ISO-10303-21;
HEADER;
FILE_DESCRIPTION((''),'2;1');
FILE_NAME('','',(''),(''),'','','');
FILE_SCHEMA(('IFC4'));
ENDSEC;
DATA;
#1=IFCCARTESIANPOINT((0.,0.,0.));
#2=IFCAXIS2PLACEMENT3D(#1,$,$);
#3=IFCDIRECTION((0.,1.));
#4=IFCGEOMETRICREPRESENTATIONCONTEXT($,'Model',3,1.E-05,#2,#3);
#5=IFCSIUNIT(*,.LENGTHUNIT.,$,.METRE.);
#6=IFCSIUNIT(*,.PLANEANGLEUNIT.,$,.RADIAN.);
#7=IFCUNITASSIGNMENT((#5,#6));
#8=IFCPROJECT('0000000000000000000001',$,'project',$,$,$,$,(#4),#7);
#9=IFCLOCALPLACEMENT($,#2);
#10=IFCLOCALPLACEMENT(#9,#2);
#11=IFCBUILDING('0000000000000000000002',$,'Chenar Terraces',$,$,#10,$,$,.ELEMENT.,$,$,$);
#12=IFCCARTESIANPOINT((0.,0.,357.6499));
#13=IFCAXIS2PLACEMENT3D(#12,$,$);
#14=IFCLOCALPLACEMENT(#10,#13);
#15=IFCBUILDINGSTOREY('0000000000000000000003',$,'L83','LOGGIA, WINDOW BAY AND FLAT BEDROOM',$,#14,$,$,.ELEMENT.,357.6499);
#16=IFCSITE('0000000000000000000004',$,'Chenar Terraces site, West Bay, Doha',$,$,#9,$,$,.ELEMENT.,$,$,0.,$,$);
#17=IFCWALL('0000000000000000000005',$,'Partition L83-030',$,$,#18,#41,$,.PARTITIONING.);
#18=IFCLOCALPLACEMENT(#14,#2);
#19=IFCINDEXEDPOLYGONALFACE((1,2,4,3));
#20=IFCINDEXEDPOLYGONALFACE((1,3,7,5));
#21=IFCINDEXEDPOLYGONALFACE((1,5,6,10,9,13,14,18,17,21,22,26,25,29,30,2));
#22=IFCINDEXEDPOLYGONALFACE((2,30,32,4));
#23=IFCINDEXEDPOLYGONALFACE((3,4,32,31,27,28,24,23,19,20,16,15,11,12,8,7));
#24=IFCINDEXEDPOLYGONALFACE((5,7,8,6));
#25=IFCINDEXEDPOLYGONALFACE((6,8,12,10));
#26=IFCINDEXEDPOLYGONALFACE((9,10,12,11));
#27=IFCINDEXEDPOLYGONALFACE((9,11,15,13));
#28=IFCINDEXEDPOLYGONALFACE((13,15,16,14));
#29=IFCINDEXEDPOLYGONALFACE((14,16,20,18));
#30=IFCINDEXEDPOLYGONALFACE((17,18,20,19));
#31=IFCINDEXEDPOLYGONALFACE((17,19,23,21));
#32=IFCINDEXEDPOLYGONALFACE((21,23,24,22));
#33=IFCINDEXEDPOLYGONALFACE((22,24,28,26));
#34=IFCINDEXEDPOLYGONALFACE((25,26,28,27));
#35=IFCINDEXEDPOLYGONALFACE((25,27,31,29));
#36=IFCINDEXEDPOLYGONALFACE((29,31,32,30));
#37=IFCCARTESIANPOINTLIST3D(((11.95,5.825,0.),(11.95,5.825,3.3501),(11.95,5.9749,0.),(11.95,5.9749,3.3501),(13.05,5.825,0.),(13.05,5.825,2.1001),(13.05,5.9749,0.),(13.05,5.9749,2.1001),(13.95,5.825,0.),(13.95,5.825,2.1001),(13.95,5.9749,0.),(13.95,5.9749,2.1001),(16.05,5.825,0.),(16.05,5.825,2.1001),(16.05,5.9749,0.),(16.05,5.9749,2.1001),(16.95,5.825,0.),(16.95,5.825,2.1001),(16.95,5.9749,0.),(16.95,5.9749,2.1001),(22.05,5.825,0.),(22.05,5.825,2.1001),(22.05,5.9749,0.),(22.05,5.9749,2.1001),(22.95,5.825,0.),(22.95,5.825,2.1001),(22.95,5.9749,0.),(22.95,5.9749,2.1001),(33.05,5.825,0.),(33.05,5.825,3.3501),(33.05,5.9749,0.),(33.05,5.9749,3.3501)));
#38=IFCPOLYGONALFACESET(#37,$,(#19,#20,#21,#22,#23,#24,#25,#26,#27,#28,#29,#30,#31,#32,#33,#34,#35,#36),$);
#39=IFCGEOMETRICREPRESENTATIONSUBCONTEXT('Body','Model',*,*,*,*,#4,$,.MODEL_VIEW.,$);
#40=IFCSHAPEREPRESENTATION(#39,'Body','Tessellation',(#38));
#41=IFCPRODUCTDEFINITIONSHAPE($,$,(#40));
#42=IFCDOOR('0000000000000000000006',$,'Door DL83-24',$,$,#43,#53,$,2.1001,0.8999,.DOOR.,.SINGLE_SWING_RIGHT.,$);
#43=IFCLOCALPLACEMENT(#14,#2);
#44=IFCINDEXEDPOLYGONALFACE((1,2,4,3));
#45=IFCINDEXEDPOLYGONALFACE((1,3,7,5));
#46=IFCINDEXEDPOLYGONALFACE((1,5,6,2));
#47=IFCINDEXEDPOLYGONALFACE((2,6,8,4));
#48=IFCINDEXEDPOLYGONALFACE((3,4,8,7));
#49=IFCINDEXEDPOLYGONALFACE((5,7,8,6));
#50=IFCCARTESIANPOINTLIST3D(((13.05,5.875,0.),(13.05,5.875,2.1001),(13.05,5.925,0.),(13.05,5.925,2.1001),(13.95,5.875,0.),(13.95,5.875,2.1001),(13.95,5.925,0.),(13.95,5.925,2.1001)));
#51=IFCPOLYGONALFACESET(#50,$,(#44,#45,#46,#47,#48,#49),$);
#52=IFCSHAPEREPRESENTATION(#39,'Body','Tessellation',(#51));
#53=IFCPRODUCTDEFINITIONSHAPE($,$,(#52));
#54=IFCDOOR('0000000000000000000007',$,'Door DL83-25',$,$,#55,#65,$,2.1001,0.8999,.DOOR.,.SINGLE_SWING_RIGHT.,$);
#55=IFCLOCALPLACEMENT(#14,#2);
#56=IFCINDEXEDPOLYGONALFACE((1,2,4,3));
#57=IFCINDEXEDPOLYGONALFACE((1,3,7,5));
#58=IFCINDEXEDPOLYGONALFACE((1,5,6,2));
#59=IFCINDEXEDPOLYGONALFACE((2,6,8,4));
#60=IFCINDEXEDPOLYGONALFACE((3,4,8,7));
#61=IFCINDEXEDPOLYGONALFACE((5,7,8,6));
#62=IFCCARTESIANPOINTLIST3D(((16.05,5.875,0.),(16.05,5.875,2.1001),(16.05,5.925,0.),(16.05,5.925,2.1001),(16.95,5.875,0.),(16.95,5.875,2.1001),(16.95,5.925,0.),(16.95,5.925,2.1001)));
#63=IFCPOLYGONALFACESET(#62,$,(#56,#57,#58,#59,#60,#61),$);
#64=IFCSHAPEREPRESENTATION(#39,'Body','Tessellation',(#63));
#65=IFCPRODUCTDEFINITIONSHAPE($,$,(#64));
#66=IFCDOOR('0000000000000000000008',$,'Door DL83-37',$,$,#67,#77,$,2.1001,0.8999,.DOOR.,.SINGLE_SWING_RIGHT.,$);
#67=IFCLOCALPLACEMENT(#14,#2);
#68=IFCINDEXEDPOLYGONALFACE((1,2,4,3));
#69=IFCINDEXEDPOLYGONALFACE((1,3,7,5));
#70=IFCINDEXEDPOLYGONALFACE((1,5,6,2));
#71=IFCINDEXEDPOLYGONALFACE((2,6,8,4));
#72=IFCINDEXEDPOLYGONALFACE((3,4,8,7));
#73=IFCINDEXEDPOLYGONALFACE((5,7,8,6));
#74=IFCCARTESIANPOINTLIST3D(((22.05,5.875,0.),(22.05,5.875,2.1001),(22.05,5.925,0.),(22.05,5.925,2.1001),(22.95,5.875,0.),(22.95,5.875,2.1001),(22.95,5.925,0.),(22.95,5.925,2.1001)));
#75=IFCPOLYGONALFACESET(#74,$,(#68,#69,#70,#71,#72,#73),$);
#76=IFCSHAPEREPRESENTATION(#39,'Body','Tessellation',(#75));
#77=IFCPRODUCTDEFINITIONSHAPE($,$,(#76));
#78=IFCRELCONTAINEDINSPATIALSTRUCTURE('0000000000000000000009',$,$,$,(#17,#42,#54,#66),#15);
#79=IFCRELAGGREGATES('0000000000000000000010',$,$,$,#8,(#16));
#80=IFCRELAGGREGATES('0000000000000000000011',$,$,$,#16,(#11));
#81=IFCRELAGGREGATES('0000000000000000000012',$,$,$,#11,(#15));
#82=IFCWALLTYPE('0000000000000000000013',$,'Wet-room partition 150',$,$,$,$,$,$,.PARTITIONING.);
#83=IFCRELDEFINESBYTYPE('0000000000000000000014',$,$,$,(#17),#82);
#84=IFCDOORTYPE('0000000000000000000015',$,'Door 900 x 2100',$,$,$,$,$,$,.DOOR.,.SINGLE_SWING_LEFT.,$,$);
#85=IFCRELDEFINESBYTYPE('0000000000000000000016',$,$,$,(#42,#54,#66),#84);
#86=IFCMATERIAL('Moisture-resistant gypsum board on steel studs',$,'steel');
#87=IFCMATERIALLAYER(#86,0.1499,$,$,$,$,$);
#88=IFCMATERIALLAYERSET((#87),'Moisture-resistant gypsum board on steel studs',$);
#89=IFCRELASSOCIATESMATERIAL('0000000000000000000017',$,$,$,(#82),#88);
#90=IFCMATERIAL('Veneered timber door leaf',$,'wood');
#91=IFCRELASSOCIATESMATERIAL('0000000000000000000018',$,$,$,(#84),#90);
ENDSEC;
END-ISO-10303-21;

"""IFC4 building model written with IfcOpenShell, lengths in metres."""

from ifc_helpers import new_model, si_unit, direction, frame, frame_2d, origin, place, context, subcontext, project, spatial, rectangle, extrude, material, layer, layer_set, type_object, element, fill, save


model = new_model("IFC4")

# Units and contexts
model_context = context("Model", 3, precision=1e-05, world=origin(), true_north=direction((0.0, 1.0)))
body_context = subcontext(model_context, "Body", "Model", "MODEL_VIEW")
ifc_project = project(units=[si_unit("LENGTHUNIT", "METRE"), si_unit("PLANEANGLEUNIT", "RADIAN")], contexts=[model_context])

# Site, building, storey
site_placement = place(None, origin())
site = spatial("IfcSite", under=ifc_project, at=site_placement, Name="Chenar Terraces site, West Bay, Doha", CompositionType="ELEMENT", RefElevation=0.0)
building_placement = place(site_placement, origin())
building = spatial("IfcBuilding", under=site, at=building_placement, Name="Chenar Terraces", CompositionType="ELEMENT")
storey_placement = place(building_placement, frame((0.0, 0.0, 357.6499)))
storey = spatial("IfcBuildingStorey", under=building, at=storey_placement, Name="L83", Description="LOGGIA, WINDOW BAY AND FLAT BEDROOM", CompositionType="ELEMENT", Elevation=357.6499)

# Wall, openings, doors
ifc_material_1 = material(Name="Moisture-resistant gypsum board on steel studs", Category="steel")
ifc_layer_1 = layer(ifc_material_1, 0.1499)
ifc_layer_set_1 = layer_set([ifc_layer_1], Name="Moisture-resistant gypsum board on steel studs")
wall_type_1 = type_object("IfcWallType", Name="Wet-room partition 150", PredefinedType="PARTITIONING", material=ifc_layer_set_1)
wall_1_placement = place(storey_placement, frame((11.95, 5.8999, 0.0), z_axis=(0.0, 0.0, 1.0), x_axis=(1.0, 0.0, 0.0)))
wall_1 = element("IfcWall", 1, at=wall_1_placement, inside=storey, type_object=wall_type_1, Name="Partition L83-030", PredefinedType="PARTITIONING", context=body_context, shape_type="SweptSolid", body=[
    extrude(rectangle(XDim=21.1001, YDim=0.1499, at=frame_2d((10.55, 0.0))), origin(), (0.0, 0.0, 1.0), 3.3501),
])
opening_1_placement = place(wall_1_placement, frame((1.1001, 0.0, 0.0)))
opening_1 = element("IfcOpeningElement", 2, at=opening_1_placement, cuts=wall_1, PredefinedType="OPENING", context=body_context, shape_type="SweptSolid", body=[
    extrude(rectangle(XDim=0.8999, YDim=2.1001, at=frame_2d((0.45, 1.05))), frame((0.0, 0.085, 0.0), z_axis=(0.0, -1.0, 0.0), x_axis=(1.0, 0.0, 0.0)), (0.0, 0.0, 1.0), 0.1699),
])
opening_2_placement = place(wall_1_placement, frame((4.1001, 0.0, 0.0)))
opening_2 = element("IfcOpeningElement", 3, at=opening_2_placement, cuts=wall_1, PredefinedType="OPENING", context=body_context, shape_type="SweptSolid", body=[
    extrude(rectangle(XDim=0.8999, YDim=2.1001, at=frame_2d((0.45, 1.05))), frame((0.0, 0.085, 0.0), z_axis=(0.0, -1.0, 0.0), x_axis=(1.0, 0.0, 0.0)), (0.0, 0.0, 1.0), 0.1699),
])
opening_3_placement = place(wall_1_placement, frame((10.1001, 0.0, 0.0)))
opening_3 = element("IfcOpeningElement", 4, at=opening_3_placement, cuts=wall_1, PredefinedType="OPENING", context=body_context, shape_type="SweptSolid", body=[
    extrude(rectangle(XDim=0.8999, YDim=2.1001, at=frame_2d((0.45, 1.05))), frame((0.0, 0.085, 0.0), z_axis=(0.0, -1.0, 0.0), x_axis=(1.0, 0.0, 0.0)), (0.0, 0.0, 1.0), 0.1699),
])
ifc_material_2 = material(Name="Veneered timber door leaf", Category="wood")
door_type = type_object("IfcDoorType", Name="Door 900 x 2100", OperationType="SINGLE_SWING_LEFT", PredefinedType="DOOR", material=ifc_material_2)
door_1_placement = place(opening_1_placement, frame((0.8999, 0.0, 0.0), z_axis=(0.0, 0.0, 1.0), x_axis=(-1.0, 0.0, 0.0)))
door_1 = element("IfcDoor", 5, at=door_1_placement, inside=storey, type_object=door_type, Name="Door DL83-24", OperationType="SINGLE_SWING_RIGHT", OverallHeight=2.1001, OverallWidth=0.8999, PredefinedType="DOOR", context=body_context, shape_type="SweptSolid", body=[
    extrude(rectangle(XDim=0.8999, YDim=2.1001, at=frame_2d((0.45, 1.05))), frame((0.0, 0.0249, 0.0), z_axis=(0.0, -1.0, 0.0), x_axis=(1.0, 0.0, 0.0)), (0.0, 0.0, 1.0), 0.05),
])
fill(opening_1, door_1)
door_2_placement = place(opening_2_placement, frame((0.8999, 0.0, 0.0), z_axis=(0.0, 0.0, 1.0), x_axis=(-1.0, 0.0, 0.0)))
door_2 = element("IfcDoor", 6, at=door_2_placement, inside=storey, type_object=door_type, Name="Door DL83-25", OperationType="SINGLE_SWING_RIGHT", OverallHeight=2.1001, OverallWidth=0.8999, PredefinedType="DOOR", context=body_context, shape_type="SweptSolid", body=[
    extrude(rectangle(XDim=0.8999, YDim=2.1001, at=frame_2d((0.45, 1.05))), frame((0.0, 0.0249, 0.0), z_axis=(0.0, -1.0, 0.0), x_axis=(1.0, 0.0, 0.0)), (0.0, 0.0, 1.0), 0.05),
])
fill(opening_2, door_2)
door_3_placement = place(opening_3_placement, frame((0.8999, 0.0, 0.0), z_axis=(0.0, 0.0, 1.0), x_axis=(-1.0, 0.0, 0.0)))
door_3 = element("IfcDoor", 7, at=door_3_placement, inside=storey, type_object=door_type, Name="Door DL83-37", OperationType="SINGLE_SWING_RIGHT", OverallHeight=2.1001, OverallWidth=0.8999, PredefinedType="DOOR", context=body_context, shape_type="SweptSolid", body=[
    extrude(rectangle(XDim=0.8999, YDim=2.1001, at=frame_2d((0.45, 1.05))), frame((0.0, 0.0249, 0.0), z_axis=(0.0, -1.0, 0.0), x_axis=(1.0, 0.0, 0.0)), (0.0, 0.0, 1.0), 0.05),
])
fill(opening_3, door_3)

save(model, "model.ifc")
